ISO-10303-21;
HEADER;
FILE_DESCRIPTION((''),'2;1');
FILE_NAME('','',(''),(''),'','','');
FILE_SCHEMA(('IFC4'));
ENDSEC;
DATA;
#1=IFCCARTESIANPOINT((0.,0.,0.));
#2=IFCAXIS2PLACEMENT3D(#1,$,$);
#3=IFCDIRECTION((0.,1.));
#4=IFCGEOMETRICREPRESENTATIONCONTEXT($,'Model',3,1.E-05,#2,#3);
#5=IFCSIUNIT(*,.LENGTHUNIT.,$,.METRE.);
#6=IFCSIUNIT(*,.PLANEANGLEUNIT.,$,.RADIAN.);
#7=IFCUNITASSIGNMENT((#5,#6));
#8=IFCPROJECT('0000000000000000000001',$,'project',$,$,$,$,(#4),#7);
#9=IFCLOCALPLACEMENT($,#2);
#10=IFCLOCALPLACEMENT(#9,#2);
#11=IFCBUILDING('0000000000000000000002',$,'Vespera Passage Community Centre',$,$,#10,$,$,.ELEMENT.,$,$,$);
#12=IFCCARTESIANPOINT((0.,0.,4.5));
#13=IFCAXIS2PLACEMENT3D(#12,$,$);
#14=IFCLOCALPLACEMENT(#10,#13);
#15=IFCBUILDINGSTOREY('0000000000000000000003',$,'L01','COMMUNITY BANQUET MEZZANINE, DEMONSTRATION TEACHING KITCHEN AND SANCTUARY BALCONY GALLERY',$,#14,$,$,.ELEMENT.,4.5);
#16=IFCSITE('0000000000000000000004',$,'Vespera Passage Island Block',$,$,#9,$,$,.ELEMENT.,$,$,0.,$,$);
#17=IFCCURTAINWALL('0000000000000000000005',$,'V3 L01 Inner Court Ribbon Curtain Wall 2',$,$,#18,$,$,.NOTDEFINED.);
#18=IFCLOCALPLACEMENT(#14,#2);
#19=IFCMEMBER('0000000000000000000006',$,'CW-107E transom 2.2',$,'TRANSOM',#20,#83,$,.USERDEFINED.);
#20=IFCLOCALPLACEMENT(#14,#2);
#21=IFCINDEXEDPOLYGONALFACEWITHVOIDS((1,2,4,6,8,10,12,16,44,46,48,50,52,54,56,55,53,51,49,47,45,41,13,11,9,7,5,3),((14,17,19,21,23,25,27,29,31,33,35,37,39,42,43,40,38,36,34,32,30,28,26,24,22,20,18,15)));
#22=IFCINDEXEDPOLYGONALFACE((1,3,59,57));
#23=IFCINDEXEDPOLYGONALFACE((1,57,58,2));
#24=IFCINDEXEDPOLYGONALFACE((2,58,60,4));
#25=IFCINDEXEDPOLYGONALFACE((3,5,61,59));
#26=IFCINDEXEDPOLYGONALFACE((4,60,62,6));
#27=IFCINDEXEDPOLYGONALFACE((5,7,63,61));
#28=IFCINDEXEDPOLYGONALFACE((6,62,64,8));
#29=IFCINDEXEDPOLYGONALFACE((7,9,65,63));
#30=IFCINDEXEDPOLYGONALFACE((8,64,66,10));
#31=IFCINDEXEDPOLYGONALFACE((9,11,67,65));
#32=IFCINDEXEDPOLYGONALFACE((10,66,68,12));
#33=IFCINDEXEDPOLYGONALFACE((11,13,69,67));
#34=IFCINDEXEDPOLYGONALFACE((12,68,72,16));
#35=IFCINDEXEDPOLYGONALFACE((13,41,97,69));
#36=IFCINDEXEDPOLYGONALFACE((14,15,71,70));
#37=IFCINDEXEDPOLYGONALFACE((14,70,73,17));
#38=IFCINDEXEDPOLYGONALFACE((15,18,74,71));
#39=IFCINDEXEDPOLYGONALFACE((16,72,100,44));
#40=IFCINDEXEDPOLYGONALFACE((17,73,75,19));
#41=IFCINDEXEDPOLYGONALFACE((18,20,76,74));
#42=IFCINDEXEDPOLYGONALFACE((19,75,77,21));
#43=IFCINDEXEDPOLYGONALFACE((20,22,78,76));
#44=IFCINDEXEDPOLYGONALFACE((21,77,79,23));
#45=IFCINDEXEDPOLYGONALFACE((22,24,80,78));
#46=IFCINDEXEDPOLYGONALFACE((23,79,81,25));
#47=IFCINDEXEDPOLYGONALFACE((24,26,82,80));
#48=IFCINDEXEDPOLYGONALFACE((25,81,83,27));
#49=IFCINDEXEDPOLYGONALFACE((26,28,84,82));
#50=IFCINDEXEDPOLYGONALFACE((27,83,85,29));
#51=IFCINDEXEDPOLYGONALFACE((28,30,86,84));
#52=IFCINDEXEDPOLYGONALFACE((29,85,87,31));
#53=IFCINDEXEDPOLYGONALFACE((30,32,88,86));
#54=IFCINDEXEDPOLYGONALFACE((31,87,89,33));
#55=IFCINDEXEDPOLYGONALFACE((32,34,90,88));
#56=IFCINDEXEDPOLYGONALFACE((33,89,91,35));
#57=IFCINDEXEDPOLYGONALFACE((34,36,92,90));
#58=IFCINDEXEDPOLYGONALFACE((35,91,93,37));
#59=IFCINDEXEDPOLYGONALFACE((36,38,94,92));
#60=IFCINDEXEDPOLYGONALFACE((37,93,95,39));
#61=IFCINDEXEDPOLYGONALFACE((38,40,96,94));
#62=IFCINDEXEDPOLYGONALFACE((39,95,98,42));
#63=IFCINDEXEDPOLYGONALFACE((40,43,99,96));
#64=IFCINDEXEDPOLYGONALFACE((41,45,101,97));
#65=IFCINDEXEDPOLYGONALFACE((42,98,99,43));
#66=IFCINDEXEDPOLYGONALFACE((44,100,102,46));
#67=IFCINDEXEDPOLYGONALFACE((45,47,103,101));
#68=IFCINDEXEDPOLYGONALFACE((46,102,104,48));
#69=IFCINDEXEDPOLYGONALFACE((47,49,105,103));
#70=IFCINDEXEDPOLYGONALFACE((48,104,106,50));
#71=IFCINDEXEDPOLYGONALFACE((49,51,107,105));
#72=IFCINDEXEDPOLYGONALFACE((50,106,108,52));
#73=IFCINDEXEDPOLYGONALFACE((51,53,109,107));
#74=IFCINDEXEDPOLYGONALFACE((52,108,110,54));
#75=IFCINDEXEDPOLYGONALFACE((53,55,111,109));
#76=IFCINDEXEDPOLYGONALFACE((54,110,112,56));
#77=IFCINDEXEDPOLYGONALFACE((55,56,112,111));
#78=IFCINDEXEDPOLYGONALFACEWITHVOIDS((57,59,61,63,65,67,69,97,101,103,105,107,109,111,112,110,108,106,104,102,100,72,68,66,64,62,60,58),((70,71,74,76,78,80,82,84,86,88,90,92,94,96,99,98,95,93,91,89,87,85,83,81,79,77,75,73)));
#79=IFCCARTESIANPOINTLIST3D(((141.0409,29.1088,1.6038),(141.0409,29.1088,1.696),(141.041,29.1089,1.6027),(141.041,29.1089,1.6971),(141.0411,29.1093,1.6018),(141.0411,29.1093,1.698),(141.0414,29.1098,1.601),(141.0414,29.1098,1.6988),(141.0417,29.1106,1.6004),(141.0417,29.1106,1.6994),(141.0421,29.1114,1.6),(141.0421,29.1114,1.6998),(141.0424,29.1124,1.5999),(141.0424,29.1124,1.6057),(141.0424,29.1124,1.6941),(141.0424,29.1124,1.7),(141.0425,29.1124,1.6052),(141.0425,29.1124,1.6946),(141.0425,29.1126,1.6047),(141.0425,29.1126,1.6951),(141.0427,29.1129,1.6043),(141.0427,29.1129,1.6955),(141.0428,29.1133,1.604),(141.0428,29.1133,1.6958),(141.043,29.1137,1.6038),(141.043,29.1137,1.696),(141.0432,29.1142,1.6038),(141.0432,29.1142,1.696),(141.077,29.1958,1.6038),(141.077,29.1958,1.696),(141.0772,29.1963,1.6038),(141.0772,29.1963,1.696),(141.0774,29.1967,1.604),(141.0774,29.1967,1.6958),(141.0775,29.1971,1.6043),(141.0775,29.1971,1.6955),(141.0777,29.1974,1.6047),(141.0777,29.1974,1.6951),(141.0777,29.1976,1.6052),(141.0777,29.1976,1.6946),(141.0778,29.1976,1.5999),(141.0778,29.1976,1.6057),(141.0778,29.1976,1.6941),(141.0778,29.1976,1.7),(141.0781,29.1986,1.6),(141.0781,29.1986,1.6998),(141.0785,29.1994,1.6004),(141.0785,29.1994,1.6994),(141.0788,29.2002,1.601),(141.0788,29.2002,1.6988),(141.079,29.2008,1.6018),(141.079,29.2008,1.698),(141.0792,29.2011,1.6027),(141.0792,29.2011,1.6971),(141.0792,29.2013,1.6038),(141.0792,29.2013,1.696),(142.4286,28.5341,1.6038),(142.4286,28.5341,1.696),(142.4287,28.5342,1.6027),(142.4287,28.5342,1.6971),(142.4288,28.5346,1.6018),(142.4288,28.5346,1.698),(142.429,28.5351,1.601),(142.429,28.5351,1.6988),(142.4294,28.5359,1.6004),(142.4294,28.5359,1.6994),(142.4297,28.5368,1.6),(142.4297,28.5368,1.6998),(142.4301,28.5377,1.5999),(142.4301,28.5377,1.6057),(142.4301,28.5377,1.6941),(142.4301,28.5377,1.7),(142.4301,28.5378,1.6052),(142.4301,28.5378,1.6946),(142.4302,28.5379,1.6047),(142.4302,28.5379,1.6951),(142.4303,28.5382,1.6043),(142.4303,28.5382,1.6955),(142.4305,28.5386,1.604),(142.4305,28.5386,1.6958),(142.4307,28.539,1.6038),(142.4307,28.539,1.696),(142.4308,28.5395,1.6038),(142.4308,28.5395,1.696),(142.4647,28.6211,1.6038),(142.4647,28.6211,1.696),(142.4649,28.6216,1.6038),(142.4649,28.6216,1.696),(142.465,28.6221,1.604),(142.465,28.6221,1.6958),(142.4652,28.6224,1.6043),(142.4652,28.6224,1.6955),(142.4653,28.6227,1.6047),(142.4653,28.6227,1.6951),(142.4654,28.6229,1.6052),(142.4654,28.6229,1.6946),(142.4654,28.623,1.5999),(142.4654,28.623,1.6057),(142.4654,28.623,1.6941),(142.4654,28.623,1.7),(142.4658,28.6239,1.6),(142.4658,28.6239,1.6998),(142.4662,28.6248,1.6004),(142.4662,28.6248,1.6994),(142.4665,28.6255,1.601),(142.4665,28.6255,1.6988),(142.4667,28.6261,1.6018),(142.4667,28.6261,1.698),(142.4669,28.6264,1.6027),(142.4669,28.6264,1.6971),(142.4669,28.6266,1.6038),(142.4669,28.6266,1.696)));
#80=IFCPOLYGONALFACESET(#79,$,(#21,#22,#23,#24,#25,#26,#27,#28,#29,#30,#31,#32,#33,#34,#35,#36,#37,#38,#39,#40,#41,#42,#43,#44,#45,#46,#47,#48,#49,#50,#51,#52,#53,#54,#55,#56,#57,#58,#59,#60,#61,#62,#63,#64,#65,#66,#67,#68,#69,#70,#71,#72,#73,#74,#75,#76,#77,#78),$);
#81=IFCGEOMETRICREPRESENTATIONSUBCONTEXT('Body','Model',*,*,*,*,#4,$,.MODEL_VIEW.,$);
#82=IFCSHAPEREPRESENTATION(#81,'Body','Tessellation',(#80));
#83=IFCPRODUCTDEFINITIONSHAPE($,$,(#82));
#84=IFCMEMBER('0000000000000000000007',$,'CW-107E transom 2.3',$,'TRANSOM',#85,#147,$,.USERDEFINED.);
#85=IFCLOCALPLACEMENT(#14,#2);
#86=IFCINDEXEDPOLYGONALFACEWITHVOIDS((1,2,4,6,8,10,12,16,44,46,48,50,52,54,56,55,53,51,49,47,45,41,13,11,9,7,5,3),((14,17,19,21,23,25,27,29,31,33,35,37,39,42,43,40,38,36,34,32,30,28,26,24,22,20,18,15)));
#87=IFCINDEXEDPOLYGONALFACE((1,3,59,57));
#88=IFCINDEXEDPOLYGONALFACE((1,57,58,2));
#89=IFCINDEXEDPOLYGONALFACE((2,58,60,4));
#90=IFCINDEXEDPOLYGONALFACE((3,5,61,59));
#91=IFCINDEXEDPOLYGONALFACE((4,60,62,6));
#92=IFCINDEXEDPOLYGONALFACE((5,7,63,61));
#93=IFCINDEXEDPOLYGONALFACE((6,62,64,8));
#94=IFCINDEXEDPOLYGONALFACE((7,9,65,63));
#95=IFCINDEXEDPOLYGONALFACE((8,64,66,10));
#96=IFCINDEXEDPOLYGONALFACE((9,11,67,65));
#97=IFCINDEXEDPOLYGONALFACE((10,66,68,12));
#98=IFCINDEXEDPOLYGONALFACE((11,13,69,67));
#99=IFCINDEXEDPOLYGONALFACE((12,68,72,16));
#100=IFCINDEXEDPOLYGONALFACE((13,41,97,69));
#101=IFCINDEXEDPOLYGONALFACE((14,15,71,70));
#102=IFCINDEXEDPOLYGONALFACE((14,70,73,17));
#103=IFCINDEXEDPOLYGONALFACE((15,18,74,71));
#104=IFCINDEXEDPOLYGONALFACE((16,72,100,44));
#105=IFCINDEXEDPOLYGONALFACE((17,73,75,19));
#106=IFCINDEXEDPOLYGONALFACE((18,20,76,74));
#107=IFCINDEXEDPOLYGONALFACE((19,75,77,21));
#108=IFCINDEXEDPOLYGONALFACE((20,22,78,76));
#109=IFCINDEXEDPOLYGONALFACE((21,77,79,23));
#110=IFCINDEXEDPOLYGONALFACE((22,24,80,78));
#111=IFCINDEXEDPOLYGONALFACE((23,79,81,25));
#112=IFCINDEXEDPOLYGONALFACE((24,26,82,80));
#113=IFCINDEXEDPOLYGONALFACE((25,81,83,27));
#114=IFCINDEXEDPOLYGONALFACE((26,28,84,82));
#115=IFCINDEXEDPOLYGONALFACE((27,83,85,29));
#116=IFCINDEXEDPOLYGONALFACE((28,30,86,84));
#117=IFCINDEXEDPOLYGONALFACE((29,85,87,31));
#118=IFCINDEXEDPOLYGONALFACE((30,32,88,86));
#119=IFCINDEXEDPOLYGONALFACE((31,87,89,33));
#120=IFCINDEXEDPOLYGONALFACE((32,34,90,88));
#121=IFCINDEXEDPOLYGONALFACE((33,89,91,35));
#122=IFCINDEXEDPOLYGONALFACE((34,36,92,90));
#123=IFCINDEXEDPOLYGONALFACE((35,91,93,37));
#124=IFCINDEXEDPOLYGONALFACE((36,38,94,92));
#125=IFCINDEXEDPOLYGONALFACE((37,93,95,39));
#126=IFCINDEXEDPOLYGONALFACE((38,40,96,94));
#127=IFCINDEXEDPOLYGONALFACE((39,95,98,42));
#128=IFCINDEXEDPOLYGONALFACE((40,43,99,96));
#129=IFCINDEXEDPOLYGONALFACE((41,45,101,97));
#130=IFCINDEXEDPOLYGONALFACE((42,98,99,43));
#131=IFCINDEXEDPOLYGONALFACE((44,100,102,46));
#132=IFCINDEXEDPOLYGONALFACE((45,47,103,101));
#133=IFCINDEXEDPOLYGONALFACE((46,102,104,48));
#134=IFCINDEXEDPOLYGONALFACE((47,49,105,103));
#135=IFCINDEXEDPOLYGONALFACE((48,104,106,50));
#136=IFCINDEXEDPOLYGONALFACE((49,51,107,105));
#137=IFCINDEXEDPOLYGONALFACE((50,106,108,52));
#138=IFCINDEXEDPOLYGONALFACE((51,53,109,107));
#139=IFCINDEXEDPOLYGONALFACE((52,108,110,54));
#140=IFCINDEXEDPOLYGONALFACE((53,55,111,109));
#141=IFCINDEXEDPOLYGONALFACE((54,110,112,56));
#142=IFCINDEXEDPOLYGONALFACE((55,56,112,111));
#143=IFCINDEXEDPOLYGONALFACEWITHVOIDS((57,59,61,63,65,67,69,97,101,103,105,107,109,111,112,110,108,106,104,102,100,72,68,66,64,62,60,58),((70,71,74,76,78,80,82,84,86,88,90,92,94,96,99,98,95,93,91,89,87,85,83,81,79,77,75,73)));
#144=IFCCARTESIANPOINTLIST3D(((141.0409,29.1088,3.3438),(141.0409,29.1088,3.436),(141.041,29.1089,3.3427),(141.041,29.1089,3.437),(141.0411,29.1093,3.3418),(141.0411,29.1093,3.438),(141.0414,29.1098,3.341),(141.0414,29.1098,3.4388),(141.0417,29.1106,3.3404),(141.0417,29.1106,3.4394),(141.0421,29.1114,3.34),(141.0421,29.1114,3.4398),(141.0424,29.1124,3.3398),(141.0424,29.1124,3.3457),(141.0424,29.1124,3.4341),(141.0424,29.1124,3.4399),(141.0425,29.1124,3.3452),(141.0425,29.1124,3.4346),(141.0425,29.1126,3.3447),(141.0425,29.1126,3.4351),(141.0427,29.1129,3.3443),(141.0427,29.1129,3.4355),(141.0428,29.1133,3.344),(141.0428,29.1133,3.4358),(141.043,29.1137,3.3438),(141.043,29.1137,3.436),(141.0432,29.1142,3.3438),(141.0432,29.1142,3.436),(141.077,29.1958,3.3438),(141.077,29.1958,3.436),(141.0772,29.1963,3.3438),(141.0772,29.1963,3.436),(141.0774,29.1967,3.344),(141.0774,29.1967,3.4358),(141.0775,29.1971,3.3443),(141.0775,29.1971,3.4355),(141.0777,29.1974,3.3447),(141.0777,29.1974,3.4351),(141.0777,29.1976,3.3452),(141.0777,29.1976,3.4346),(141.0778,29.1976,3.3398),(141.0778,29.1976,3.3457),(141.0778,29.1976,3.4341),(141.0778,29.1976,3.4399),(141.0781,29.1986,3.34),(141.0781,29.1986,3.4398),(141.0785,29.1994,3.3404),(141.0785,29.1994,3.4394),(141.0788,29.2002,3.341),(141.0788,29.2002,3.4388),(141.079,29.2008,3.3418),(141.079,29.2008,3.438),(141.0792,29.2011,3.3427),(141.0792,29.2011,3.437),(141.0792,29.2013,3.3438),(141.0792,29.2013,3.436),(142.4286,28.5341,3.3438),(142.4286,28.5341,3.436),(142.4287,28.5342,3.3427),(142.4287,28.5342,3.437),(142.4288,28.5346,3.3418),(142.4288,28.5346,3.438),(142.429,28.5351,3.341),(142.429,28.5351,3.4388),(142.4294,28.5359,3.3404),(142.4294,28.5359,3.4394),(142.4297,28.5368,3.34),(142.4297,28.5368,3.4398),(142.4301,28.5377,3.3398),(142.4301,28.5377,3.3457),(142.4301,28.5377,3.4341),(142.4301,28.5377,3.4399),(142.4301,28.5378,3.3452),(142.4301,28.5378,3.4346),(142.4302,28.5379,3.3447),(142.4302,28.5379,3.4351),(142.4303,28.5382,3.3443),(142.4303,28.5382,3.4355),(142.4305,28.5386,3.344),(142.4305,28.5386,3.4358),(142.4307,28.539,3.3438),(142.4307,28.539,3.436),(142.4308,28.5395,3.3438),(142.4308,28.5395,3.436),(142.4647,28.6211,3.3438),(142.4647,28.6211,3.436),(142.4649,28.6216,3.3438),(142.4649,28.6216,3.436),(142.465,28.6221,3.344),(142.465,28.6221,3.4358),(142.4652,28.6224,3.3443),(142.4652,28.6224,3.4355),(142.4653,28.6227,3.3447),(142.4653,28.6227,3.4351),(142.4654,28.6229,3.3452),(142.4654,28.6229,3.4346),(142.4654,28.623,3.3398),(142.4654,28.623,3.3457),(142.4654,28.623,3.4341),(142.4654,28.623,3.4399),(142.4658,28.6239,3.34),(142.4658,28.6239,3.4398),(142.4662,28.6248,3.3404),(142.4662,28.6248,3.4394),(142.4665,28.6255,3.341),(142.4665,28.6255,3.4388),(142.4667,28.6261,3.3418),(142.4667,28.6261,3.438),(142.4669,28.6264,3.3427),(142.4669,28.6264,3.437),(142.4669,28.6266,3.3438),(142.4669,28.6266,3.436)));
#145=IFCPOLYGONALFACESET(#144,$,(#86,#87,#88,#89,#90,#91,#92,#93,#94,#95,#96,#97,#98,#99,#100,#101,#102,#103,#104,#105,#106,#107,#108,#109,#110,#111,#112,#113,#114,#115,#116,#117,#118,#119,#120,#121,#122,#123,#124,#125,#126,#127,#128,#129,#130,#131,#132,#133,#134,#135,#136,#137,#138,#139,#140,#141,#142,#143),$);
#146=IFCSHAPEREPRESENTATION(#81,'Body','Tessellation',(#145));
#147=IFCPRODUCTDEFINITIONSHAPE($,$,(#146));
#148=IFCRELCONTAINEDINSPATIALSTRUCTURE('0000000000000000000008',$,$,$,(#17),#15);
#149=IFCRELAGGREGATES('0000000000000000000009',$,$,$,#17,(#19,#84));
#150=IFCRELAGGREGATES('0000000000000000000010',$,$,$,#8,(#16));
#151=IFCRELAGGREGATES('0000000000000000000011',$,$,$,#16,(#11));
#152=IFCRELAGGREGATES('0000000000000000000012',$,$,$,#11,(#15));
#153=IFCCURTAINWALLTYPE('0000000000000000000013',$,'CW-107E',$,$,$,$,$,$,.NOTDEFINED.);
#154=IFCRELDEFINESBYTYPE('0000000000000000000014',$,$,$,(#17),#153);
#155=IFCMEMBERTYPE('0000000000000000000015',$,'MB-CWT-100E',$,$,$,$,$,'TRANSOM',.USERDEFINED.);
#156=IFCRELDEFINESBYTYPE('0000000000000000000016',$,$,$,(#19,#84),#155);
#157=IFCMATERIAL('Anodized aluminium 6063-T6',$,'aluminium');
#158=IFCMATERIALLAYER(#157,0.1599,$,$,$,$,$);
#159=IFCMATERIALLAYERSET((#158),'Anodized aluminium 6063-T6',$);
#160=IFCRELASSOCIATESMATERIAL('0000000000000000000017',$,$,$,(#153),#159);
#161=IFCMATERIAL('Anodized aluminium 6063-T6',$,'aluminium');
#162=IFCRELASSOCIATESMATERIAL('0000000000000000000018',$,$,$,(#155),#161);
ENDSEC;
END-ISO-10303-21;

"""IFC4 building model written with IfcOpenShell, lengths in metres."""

from ifc_helpers import new_model, si_unit, direction, frame, origin, origin_2d, place, context, subcontext, project, spatial, hollow_rectangle, extrude, material, layer, layer_set, material_profile, profile_set, type_object, element, aggregate, save


model = new_model("IFC4")

# Units and contexts
model_context = context("Model", 3, precision=1e-05, world=origin(), true_north=direction((0.0, 1.0)))
body_context = subcontext(model_context, "Body", "Model", "MODEL_VIEW")
ifc_project = project(units=[si_unit("LENGTHUNIT", "METRE"), si_unit("PLANEANGLEUNIT", "RADIAN")], contexts=[model_context])

# Site, building, storey
site_placement = place(None, origin())
site = spatial("IfcSite", under=ifc_project, at=site_placement, Name="Vespera Passage Island Block", CompositionType="ELEMENT", RefElevation=0.0)
building_placement = place(site_placement, origin())
building = spatial("IfcBuilding", under=site, at=building_placement, Name="Vespera Passage Community Centre", CompositionType="ELEMENT")
storey_placement = place(building_placement, frame((0.0, 0.0, 4.5)))
storey = spatial("IfcBuildingStorey", under=building, at=storey_placement, Name="L01", Description="COMMUNITY BANQUET MEZZANINE, DEMONSTRATION TEACHING KITCHEN AND SANCTUARY BALCONY GALLERY", CompositionType="ELEMENT", Elevation=4.5)

# Shared definitions
ifc_material_1 = material(Name="Anodized aluminium 6063-T6", Category="aluminium")
ifc_layer_1 = layer(ifc_material_1, 0.1599)
ifc_layer_set_1 = layer_set([ifc_layer_1], Name="Anodized aluminium 6063-T6")
curtain_wall_type = type_object("IfcCurtainWallType", Name="CW-107E", PredefinedType="NOTDEFINED", material=ifc_layer_set_1)

# Curtain wall
curtain_wall_1_placement = place(storey_placement, origin())
curtain_wall_1 = element("IfcCurtainWall", 1, at=curtain_wall_1_placement, inside=storey, type_object=curtain_wall_type, Name="V3 L01 Inner Court Ribbon Curtain Wall 2", PredefinedType="NOTDEFINED")

# Members
ifc_material_2 = material(Name="Anodized aluminium 6063-T6", Category="aluminium")
ifc_material_profile_1 = material_profile(ifc_material_2, hollow_rectangle(XDim=0.1001, YDim=0.1001, WallThickness=0.0039, InnerFilletRadius=0.002, OuterFilletRadius=0.0039, at=origin_2d()), Name="ALU100X100X4")
ifc_profile_set_1 = profile_set([ifc_material_profile_1], Name="Anodized aluminium 6063-T6")
member_type_1 = type_object("IfcMemberType", Name="MB-CWT-100E", ElementType="TRANSOM", PredefinedType="USERDEFINED", material=ifc_profile_set_1)
member_1_placement = place(storey_placement, frame((142.4478, 28.5803, 1.6499), z_axis=(-0.923902, 0.382629, 0.0), x_axis=(-0.382629, -0.923902, 0.0)))
member_1 = element("IfcMember", 2, at=member_1_placement, type_object=member_type_1, Name="CW-107E transom 2.2", ObjectType="TRANSOM", PredefinedType="USERDEFINED", context=body_context, shape_type="SweptSolid", body=[
    extrude(hollow_rectangle(XDim=0.1001, YDim=0.1001, WallThickness=0.0039, InnerFilletRadius=0.002, OuterFilletRadius=0.0039, at=origin_2d()), origin(), (0.0, 0.0, 1.0), 1.502),
])
member_2_placement = place(storey_placement, frame((142.4478, 28.5803, 3.3899), z_axis=(-0.923902, 0.382629, 0.0), x_axis=(-0.382629, -0.923902, 0.0)))
member_2 = element("IfcMember", 3, at=member_2_placement, type_object=member_type_1, Name="CW-107E transom 2.3", ObjectType="TRANSOM", PredefinedType="USERDEFINED", context=body_context, shape_type="SweptSolid", body=[
    extrude(hollow_rectangle(XDim=0.1001, YDim=0.1001, WallThickness=0.0039, InnerFilletRadius=0.002, OuterFilletRadius=0.0039, at=origin_2d()), origin(), (0.0, 0.0, 1.0), 1.502),
])

aggregate(curtain_wall_1, [member_1, member_2])

save(model, "model.ifc")
